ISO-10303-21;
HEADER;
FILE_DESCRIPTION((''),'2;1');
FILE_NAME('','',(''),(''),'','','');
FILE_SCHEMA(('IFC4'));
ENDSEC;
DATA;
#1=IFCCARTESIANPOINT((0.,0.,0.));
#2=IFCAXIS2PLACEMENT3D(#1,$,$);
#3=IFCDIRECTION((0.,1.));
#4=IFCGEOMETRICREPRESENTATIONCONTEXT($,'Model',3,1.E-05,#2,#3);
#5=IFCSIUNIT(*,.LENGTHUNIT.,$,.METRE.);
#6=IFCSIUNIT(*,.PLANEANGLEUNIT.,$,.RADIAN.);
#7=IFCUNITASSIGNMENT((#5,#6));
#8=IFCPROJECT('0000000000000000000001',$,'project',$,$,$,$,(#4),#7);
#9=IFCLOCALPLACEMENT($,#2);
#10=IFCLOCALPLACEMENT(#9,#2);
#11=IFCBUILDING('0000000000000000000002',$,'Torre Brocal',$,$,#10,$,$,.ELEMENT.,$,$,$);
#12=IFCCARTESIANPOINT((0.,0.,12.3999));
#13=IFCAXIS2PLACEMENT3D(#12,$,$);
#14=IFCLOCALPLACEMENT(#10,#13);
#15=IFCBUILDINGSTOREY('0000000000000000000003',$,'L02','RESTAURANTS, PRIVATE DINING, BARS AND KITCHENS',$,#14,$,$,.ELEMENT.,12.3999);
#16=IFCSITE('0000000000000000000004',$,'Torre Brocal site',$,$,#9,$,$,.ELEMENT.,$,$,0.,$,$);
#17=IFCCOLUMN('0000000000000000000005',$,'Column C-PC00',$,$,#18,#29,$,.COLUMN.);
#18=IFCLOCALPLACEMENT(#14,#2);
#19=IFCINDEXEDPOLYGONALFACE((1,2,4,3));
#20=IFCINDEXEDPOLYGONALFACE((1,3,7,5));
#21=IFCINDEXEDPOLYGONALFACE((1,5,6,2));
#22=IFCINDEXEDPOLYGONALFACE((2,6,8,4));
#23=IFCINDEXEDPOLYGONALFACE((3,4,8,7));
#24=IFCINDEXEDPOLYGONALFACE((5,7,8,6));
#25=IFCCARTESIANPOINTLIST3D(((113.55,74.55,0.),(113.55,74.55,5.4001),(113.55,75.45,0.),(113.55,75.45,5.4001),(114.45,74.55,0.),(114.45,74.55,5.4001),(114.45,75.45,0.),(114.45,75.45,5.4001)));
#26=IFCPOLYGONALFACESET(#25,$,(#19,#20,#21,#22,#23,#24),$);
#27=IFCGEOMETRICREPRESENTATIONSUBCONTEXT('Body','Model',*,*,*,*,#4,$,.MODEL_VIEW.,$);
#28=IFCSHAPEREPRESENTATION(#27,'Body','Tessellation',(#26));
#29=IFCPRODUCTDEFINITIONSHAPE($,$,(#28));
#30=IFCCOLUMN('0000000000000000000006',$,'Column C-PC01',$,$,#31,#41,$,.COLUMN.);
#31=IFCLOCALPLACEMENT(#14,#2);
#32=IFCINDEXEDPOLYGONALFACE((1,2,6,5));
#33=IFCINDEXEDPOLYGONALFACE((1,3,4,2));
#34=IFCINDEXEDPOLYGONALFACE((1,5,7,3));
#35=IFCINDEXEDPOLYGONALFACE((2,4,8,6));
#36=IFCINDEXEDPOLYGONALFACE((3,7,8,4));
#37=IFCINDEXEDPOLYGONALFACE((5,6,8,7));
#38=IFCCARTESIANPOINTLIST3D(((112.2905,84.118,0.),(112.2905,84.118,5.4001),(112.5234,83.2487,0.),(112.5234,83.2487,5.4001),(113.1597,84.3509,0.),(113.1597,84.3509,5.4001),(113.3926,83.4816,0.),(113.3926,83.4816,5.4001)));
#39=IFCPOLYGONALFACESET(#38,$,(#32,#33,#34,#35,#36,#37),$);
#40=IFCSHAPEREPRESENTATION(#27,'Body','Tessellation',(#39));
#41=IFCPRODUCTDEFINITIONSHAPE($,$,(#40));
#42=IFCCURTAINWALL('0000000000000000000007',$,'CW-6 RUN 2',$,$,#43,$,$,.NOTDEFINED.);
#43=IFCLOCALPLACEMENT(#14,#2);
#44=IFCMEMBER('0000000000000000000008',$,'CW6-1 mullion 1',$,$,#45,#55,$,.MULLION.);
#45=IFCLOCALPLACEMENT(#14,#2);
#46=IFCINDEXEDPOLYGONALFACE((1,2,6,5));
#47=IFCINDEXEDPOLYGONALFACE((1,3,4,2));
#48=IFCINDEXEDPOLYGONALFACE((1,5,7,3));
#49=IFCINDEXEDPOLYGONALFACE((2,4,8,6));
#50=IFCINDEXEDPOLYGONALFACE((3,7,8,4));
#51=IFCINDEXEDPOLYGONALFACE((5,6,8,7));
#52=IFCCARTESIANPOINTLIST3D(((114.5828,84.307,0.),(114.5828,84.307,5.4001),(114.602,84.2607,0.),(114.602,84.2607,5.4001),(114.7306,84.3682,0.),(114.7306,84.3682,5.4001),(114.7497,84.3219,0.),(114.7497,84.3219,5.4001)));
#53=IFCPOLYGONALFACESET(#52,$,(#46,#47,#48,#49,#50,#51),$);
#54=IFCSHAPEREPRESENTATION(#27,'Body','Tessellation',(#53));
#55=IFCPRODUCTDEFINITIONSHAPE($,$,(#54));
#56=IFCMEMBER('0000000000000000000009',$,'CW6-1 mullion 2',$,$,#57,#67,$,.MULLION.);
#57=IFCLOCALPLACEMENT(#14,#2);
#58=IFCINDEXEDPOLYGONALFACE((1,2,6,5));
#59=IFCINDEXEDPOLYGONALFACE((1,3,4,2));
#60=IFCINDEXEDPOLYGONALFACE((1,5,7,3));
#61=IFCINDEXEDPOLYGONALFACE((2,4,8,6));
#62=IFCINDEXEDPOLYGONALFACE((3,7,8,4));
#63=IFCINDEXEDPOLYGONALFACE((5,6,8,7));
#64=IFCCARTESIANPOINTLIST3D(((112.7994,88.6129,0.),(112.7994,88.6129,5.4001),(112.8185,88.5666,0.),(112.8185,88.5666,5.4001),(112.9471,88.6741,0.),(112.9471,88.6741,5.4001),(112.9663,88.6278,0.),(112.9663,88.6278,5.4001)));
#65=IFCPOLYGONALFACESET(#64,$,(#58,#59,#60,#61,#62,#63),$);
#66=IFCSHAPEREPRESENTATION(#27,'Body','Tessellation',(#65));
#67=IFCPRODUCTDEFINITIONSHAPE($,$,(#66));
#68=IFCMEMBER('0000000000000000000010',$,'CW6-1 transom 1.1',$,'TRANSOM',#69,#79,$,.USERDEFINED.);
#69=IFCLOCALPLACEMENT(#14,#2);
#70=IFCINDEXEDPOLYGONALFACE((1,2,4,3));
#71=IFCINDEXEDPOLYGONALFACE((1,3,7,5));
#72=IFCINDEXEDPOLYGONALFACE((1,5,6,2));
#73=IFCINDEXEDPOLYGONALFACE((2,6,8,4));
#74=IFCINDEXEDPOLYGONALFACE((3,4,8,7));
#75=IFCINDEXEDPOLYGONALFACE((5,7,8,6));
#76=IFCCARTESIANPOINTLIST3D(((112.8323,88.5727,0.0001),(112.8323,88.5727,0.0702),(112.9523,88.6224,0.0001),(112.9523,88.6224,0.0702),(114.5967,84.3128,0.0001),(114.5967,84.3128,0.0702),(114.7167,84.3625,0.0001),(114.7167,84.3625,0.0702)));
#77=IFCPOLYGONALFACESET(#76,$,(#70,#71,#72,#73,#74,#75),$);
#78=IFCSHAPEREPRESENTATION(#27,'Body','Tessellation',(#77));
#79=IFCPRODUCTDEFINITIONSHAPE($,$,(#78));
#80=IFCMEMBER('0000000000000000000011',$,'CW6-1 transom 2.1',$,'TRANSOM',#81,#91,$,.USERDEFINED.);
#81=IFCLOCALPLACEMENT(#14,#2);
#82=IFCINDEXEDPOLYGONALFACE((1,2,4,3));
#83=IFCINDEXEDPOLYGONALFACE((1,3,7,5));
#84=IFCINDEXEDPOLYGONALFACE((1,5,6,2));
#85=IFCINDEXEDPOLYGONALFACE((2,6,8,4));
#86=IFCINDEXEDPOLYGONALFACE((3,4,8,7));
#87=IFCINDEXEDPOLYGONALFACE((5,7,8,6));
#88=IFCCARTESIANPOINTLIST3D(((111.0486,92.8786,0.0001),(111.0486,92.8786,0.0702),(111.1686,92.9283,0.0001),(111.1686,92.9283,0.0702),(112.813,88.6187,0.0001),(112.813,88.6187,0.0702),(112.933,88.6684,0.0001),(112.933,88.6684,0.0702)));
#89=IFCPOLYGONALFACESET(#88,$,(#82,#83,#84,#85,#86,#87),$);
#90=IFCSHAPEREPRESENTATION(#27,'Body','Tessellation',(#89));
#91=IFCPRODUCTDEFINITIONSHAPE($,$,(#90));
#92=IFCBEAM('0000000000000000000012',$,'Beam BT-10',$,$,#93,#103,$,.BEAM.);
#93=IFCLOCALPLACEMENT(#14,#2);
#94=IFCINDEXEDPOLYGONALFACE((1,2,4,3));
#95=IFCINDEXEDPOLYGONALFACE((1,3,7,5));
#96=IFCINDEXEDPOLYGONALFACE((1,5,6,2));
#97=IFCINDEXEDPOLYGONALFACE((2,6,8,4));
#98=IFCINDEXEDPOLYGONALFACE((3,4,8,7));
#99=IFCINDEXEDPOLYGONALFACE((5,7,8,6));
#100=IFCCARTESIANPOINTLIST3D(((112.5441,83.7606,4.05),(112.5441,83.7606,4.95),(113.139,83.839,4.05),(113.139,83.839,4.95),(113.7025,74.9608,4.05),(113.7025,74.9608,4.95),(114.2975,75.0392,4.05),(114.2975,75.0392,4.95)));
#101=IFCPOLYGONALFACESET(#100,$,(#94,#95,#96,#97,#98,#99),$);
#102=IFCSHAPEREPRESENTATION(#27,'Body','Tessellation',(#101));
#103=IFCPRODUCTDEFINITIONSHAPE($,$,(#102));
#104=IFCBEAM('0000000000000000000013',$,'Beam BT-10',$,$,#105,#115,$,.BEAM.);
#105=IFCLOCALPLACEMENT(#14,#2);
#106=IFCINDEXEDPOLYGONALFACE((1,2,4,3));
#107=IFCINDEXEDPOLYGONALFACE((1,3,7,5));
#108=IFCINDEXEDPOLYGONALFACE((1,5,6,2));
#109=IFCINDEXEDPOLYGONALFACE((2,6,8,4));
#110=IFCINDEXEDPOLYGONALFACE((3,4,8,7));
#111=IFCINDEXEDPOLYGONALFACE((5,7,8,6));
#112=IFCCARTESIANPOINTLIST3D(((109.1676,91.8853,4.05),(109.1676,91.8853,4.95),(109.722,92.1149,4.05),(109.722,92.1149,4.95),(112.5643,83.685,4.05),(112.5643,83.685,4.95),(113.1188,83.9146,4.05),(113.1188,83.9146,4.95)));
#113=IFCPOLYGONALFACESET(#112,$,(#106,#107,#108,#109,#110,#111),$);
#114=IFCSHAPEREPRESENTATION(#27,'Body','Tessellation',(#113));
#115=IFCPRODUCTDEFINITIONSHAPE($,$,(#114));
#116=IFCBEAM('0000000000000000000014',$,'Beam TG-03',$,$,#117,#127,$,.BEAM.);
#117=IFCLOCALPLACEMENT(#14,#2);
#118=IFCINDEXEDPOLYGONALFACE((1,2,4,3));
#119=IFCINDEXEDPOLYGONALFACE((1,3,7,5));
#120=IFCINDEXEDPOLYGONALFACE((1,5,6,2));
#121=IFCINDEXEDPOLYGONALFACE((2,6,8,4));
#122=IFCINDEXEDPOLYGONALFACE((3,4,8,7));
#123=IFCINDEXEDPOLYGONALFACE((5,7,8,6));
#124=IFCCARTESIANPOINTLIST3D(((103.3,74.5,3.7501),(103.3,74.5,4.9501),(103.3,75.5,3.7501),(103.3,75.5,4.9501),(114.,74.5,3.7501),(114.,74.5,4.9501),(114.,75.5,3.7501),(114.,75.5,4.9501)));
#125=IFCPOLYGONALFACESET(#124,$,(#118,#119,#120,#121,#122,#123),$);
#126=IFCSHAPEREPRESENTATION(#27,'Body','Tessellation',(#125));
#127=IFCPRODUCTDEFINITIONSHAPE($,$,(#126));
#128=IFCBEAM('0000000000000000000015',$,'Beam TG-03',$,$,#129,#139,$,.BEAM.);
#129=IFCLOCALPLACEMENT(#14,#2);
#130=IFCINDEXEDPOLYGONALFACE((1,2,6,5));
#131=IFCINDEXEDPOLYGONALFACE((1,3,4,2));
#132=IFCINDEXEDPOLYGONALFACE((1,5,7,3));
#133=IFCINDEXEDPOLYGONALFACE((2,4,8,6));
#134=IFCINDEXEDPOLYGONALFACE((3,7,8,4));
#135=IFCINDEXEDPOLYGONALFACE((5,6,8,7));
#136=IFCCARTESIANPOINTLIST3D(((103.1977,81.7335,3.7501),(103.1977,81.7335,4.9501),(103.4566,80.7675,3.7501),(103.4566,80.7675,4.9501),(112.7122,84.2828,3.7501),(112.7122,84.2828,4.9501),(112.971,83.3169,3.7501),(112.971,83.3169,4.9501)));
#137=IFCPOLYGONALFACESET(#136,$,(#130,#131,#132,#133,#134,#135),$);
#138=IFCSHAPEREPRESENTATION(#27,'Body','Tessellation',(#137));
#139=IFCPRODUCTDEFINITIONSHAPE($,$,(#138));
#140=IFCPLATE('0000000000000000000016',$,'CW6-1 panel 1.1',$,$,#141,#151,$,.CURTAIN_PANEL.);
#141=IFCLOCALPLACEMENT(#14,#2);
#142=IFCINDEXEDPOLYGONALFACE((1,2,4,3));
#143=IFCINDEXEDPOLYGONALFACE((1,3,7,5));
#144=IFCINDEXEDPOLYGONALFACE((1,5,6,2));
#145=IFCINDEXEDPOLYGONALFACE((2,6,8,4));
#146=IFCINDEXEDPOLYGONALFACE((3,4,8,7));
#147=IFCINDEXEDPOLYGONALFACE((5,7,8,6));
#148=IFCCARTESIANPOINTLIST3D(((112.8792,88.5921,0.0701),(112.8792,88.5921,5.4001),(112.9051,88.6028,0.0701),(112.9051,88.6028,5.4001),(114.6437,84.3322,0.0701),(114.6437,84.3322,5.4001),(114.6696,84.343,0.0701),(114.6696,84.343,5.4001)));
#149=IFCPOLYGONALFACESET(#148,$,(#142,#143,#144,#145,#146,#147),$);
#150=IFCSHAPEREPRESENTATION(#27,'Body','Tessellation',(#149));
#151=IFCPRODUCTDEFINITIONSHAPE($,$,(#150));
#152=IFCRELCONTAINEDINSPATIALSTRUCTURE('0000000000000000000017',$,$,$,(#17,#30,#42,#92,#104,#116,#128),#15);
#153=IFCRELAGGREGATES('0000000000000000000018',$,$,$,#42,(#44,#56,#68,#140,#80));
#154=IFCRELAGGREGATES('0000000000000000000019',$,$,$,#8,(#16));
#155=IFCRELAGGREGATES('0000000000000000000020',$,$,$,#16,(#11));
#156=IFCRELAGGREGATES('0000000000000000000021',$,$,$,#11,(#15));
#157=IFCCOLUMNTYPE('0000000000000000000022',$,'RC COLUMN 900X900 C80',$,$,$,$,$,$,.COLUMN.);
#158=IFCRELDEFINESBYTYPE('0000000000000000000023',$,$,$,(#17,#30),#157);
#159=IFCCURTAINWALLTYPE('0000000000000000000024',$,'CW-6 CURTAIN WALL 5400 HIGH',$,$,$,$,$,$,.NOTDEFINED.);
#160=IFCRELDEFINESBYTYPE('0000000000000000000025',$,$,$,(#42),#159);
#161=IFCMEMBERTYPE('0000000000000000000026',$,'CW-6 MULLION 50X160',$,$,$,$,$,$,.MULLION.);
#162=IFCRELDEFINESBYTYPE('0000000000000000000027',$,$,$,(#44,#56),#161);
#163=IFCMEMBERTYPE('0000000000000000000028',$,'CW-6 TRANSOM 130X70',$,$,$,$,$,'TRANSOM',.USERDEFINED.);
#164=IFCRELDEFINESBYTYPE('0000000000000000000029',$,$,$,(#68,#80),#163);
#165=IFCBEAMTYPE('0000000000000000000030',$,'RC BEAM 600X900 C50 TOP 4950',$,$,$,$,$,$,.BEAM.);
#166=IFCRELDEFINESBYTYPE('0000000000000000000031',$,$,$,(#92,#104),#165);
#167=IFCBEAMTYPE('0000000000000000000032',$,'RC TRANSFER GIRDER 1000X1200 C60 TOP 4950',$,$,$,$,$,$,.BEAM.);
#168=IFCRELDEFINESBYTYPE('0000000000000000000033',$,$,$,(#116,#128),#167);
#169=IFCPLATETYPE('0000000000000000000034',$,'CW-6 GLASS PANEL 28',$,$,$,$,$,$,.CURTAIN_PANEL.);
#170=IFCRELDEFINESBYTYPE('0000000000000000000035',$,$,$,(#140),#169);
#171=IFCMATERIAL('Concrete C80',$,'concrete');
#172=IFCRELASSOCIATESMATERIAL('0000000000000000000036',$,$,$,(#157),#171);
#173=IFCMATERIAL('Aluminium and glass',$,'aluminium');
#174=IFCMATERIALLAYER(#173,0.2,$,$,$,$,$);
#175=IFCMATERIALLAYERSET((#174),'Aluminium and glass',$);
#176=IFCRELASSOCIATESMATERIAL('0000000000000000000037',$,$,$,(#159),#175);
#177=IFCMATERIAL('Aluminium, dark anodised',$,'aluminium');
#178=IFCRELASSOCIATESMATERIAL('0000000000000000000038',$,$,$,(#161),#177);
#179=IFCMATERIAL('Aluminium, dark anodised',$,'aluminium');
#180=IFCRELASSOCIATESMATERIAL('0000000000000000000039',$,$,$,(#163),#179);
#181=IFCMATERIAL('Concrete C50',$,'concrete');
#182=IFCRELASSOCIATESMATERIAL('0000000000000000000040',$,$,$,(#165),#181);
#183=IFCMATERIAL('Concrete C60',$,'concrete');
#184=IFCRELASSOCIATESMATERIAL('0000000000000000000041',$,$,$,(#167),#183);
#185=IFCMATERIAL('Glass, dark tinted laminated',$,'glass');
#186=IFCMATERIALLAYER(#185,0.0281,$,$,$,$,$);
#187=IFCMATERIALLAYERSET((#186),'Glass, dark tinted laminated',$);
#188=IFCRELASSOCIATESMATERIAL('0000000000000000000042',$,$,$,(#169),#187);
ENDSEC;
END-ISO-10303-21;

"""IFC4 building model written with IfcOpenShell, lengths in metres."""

from ifc_helpers import new_model, si_unit, direction, frame, origin, origin_2d, place, context, subcontext, project, spatial, rectangle, extrude, material, layer, layer_set, material_profile, profile_set, type_object, element, aggregate, save


model = new_model("IFC4")

# Units and contexts
model_context = context("Model", 3, precision=1e-05, world=origin(), true_north=direction((0.0, 1.0)))
body_context = subcontext(model_context, "Body", "Model", "MODEL_VIEW")
ifc_project = project(units=[si_unit("LENGTHUNIT", "METRE"), si_unit("PLANEANGLEUNIT", "RADIAN")], contexts=[model_context])

# Site, building, storey
site_placement = place(None, origin())
site = spatial("IfcSite", under=ifc_project, at=site_placement, Name="Torre Brocal site", CompositionType="ELEMENT", RefElevation=0.0)
building_placement = place(site_placement, origin())
building = spatial("IfcBuilding", under=site, at=building_placement, Name="Torre Brocal", CompositionType="ELEMENT")
storey_placement = place(building_placement, frame((0.0, 0.0, 12.3999)))
storey = spatial("IfcBuildingStorey", under=building, at=storey_placement, Name="L02", Description="RESTAURANTS, PRIVATE DINING, BARS AND KITCHENS", CompositionType="ELEMENT", Elevation=12.3999)

# Columns
ifc_material_1 = material(Name="Concrete C80", Category="concrete")
ifc_material_profile_1 = material_profile(ifc_material_1, rectangle(XDim=0.8999, YDim=0.8999, at=origin_2d()), Name="RC 900X900")
ifc_profile_set_1 = profile_set([ifc_material_profile_1], Name="Concrete C80")
column_type = type_object("IfcColumnType", Name="RC COLUMN 900X900 C80", PredefinedType="COLUMN", material=ifc_profile_set_1)
for number, where, z_axis, x_axis, name in (
    (1, (114.0, 75.0, 0.0), (0.0, 0.0, 1.0), (1.0, 0.0, 0.0), "Column C-PC00"),
    (2, (112.8416, 83.7998, 0.0), (0.0, 0.0, 1.0), (0.965926, 0.258819, 0.0), "Column C-PC01"),
):
    element("IfcColumn", number, at=place(storey_placement, frame(where, z_axis=z_axis, x_axis=x_axis)), inside=storey, type_object=column_type, Name=name, PredefinedType="COLUMN", context=body_context, shape_type="SweptSolid", body=[
        extrude(rectangle(XDim=0.8999, YDim=0.8999, at=origin_2d()), origin(), (0.0, 0.0, 1.0), 5.4001),
    ])

# Curtain wall, members
ifc_material_2 = material(Name="Aluminium and glass", Category="aluminium")
ifc_layer_1 = layer(ifc_material_2, 0.2)
ifc_layer_set_1 = layer_set([ifc_layer_1], Name="Aluminium and glass")
curtain_wall_type = type_object("IfcCurtainWallType", Name="CW-6 CURTAIN WALL 5400 HIGH", PredefinedType="NOTDEFINED", material=ifc_layer_set_1)
curtain_wall_placement = place(storey_placement, origin())
curtain_wall = element("IfcCurtainWall", 3, at=curtain_wall_placement, inside=storey, type_object=curtain_wall_type, Name="CW-6 RUN 2", PredefinedType="NOTDEFINED")
ifc_material_3 = material(Name="Aluminium, dark anodised", Category="aluminium")
ifc_material_profile_2 = material_profile(ifc_material_3, rectangle(XDim=0.1599, YDim=0.05, at=origin_2d()), Name="CW-6 MULLION 50X160")
ifc_profile_set_2 = profile_set([ifc_material_profile_2], Name="Aluminium, dark anodised")
member_type_1 = type_object("IfcMemberType", Name="CW-6 MULLION 50X160", PredefinedType="MULLION", material=ifc_profile_set_2)
member_1_placement = place(storey_placement, frame((114.6663, 84.3145, 0.0), z_axis=(0.0, 0.0, 1.0), x_axis=(-0.92388, -0.382683, 0.0)))
member_1 = element("IfcMember", 4, at=member_1_placement, type_object=member_type_1, Name="CW6-1 mullion 1", PredefinedType="MULLION", context=body_context, shape_type="SweptSolid", body=[
    extrude(rectangle(XDim=0.1599, YDim=0.05, at=origin_2d()), origin(), (0.0, 0.0, 1.0), 5.4001),
])
member_2_placement = place(storey_placement, frame((112.8828, 88.6204, 0.0), z_axis=(0.0, 0.0, 1.0), x_axis=(-0.92388, -0.382683, 0.0)))
member_2 = element("IfcMember", 5, at=member_2_placement, type_object=member_type_1, Name="CW6-1 mullion 2", PredefinedType="MULLION", context=body_context, shape_type="SweptSolid", body=[
    extrude(rectangle(XDim=0.1599, YDim=0.05, at=origin_2d()), origin(), (0.0, 0.0, 1.0), 5.4001),
])
ifc_material_4 = material(Name="Aluminium, dark anodised", Category="aluminium")
ifc_material_profile_3 = material_profile(ifc_material_4, rectangle(XDim=0.1299, YDim=0.0701, at=origin_2d()), Name="CW-6 TRANSOM 130X70")
ifc_profile_set_3 = profile_set([ifc_material_profile_3], Name="Aluminium, dark anodised")
member_type_2 = type_object("IfcMemberType", Name="CW-6 TRANSOM 130X70", ElementType="TRANSOM", PredefinedType="USERDEFINED", material=ifc_profile_set_3)
member_3_placement = place(storey_placement, frame((114.6567, 84.3376, 0.0352), z_axis=(-0.382674, 0.923883, 0.0), x_axis=(-0.923883, -0.382674, 0.0)))
member_3 = element("IfcMember", 6, at=member_3_placement, type_object=member_type_2, Name="CW6-1 transom 1.1", ObjectType="TRANSOM", PredefinedType="USERDEFINED", context=body_context, shape_type="SweptSolid", body=[
    extrude(rectangle(XDim=0.1299, YDim=0.0701, at=origin_2d()), origin(), (0.0, 0.0, 1.0), 4.6108),
])
member_4_placement = place(storey_placement, frame((112.873, 88.6436, 0.0352), z_axis=(-0.382674, 0.923883, 0.0), x_axis=(-0.923883, -0.382674, 0.0)))
member_4 = element("IfcMember", 7, at=member_4_placement, type_object=member_type_2, Name="CW6-1 transom 2.1", ObjectType="TRANSOM", PredefinedType="USERDEFINED", context=body_context, shape_type="SweptSolid", body=[
    extrude(rectangle(XDim=0.1299, YDim=0.0701, at=origin_2d()), origin(), (0.0, 0.0, 1.0), 4.6108),
])

# Beams
ifc_material_5 = material(Name="Concrete C50", Category="concrete")
ifc_material_profile_4 = material_profile(ifc_material_5, rectangle(XDim=0.6001, YDim=0.8999, at=origin_2d()), Name="RC 600X900")
ifc_profile_set_4 = profile_set([ifc_material_profile_4], Name="Concrete C50")
beam_type_1 = type_object("IfcBeamType", Name="RC BEAM 600X900 C50 TOP 4950", PredefinedType="BEAM", material=ifc_profile_set_4)
beam_1_placement = place(storey_placement, frame((114.0, 75.0, 4.5), z_axis=(-0.130519, 0.991446, 0.0), x_axis=(-0.991446, -0.130519, 0.0)))
element("IfcBeam", 8, at=beam_1_placement, inside=storey, type_object=beam_type_1, Name="Beam BT-10", PredefinedType="BEAM", context=body_context, shape_type="SweptSolid", body=[
    extrude(rectangle(XDim=0.6001, YDim=0.8999, at=origin_2d()), origin(), (0.0, 0.0, 1.0), 8.8757),
])
beam_2_placement = place(storey_placement, frame((112.8416, 83.7998, 4.5), z_axis=(-0.382693, 0.923876, 0.0), x_axis=(-0.923876, -0.382693, 0.0)))
element("IfcBeam", 9, at=beam_2_placement, inside=storey, type_object=beam_type_1, Name="Beam BT-10", PredefinedType="BEAM", context=body_context, shape_type="SweptSolid", body=[
    extrude(rectangle(XDim=0.6001, YDim=0.8999, at=origin_2d()), origin(), (0.0, 0.0, 1.0), 8.876),
])
ifc_material_6 = material(Name="Concrete C60", Category="concrete")
ifc_material_profile_5 = material_profile(ifc_material_6, rectangle(XDim=1.0, YDim=1.2, at=origin_2d()), Name="RC 1000X1200")
ifc_profile_set_5 = profile_set([ifc_material_profile_5], Name="Concrete C60")
beam_type_2 = type_object("IfcBeamType", Name="RC TRANSFER GIRDER 1000X1200 C60 TOP 4950", PredefinedType="BEAM", material=ifc_profile_set_5)
beam_3_placement = place(storey_placement, frame((103.3, 75.0, 4.3501), z_axis=(1.0, 0.0, 0.0), x_axis=(0.0, 1.0, 0.0)))
element("IfcBeam", 10, at=beam_3_placement, inside=storey, type_object=beam_type_2, Name="Beam TG-03", PredefinedType="BEAM", context=body_context, shape_type="SweptSolid", body=[
    extrude(rectangle(XDim=1.0, YDim=1.2, at=origin_2d()), origin(), (0.0, 0.0, 1.0), 10.7),
])
beam_4_placement = place(storey_placement, frame((103.3271, 81.2505, 4.3501), z_axis=(0.965927, 0.258813, 0.0), x_axis=(-0.258813, 0.965927, 0.0)))
element("IfcBeam", 11, at=beam_4_placement, inside=storey, type_object=beam_type_2, Name="Beam TG-03", PredefinedType="BEAM", context=body_context, shape_type="SweptSolid", body=[
    extrude(rectangle(XDim=1.0, YDim=1.2, at=origin_2d()), origin(), (0.0, 0.0, 1.0), 9.8501),
])

# Plate
ifc_material_7 = material(Name="Glass, dark tinted laminated", Category="glass")
ifc_layer_2 = layer(ifc_material_7, 0.0281)
ifc_layer_set_2 = layer_set([ifc_layer_2], Name="Glass, dark tinted laminated")
plate_type = type_object("IfcPlateType", Name="CW-6 GLASS PANEL 28", PredefinedType="CURTAIN_PANEL", material=ifc_layer_set_2)
plate_placement = place(storey_placement, frame((113.7744, 86.4675, 0.0701), z_axis=(0.0, 0.0, 1.0), x_axis=(-0.382683, 0.92388, 0.0)))
plate = element("IfcPlate", 12, at=plate_placement, type_object=plate_type, Name="CW6-1 panel 1.1", PredefinedType="CURTAIN_PANEL", context=body_context, shape_type="SweptSolid", body=[
    extrude(rectangle(XDim=4.6108, YDim=0.0281, at=origin_2d()), origin(), (0.0, 0.0, 1.0), 5.3301),
])
aggregate(curtain_wall, [member_1, member_2, member_3, plate, member_4])

save(model, "model.ifc")
